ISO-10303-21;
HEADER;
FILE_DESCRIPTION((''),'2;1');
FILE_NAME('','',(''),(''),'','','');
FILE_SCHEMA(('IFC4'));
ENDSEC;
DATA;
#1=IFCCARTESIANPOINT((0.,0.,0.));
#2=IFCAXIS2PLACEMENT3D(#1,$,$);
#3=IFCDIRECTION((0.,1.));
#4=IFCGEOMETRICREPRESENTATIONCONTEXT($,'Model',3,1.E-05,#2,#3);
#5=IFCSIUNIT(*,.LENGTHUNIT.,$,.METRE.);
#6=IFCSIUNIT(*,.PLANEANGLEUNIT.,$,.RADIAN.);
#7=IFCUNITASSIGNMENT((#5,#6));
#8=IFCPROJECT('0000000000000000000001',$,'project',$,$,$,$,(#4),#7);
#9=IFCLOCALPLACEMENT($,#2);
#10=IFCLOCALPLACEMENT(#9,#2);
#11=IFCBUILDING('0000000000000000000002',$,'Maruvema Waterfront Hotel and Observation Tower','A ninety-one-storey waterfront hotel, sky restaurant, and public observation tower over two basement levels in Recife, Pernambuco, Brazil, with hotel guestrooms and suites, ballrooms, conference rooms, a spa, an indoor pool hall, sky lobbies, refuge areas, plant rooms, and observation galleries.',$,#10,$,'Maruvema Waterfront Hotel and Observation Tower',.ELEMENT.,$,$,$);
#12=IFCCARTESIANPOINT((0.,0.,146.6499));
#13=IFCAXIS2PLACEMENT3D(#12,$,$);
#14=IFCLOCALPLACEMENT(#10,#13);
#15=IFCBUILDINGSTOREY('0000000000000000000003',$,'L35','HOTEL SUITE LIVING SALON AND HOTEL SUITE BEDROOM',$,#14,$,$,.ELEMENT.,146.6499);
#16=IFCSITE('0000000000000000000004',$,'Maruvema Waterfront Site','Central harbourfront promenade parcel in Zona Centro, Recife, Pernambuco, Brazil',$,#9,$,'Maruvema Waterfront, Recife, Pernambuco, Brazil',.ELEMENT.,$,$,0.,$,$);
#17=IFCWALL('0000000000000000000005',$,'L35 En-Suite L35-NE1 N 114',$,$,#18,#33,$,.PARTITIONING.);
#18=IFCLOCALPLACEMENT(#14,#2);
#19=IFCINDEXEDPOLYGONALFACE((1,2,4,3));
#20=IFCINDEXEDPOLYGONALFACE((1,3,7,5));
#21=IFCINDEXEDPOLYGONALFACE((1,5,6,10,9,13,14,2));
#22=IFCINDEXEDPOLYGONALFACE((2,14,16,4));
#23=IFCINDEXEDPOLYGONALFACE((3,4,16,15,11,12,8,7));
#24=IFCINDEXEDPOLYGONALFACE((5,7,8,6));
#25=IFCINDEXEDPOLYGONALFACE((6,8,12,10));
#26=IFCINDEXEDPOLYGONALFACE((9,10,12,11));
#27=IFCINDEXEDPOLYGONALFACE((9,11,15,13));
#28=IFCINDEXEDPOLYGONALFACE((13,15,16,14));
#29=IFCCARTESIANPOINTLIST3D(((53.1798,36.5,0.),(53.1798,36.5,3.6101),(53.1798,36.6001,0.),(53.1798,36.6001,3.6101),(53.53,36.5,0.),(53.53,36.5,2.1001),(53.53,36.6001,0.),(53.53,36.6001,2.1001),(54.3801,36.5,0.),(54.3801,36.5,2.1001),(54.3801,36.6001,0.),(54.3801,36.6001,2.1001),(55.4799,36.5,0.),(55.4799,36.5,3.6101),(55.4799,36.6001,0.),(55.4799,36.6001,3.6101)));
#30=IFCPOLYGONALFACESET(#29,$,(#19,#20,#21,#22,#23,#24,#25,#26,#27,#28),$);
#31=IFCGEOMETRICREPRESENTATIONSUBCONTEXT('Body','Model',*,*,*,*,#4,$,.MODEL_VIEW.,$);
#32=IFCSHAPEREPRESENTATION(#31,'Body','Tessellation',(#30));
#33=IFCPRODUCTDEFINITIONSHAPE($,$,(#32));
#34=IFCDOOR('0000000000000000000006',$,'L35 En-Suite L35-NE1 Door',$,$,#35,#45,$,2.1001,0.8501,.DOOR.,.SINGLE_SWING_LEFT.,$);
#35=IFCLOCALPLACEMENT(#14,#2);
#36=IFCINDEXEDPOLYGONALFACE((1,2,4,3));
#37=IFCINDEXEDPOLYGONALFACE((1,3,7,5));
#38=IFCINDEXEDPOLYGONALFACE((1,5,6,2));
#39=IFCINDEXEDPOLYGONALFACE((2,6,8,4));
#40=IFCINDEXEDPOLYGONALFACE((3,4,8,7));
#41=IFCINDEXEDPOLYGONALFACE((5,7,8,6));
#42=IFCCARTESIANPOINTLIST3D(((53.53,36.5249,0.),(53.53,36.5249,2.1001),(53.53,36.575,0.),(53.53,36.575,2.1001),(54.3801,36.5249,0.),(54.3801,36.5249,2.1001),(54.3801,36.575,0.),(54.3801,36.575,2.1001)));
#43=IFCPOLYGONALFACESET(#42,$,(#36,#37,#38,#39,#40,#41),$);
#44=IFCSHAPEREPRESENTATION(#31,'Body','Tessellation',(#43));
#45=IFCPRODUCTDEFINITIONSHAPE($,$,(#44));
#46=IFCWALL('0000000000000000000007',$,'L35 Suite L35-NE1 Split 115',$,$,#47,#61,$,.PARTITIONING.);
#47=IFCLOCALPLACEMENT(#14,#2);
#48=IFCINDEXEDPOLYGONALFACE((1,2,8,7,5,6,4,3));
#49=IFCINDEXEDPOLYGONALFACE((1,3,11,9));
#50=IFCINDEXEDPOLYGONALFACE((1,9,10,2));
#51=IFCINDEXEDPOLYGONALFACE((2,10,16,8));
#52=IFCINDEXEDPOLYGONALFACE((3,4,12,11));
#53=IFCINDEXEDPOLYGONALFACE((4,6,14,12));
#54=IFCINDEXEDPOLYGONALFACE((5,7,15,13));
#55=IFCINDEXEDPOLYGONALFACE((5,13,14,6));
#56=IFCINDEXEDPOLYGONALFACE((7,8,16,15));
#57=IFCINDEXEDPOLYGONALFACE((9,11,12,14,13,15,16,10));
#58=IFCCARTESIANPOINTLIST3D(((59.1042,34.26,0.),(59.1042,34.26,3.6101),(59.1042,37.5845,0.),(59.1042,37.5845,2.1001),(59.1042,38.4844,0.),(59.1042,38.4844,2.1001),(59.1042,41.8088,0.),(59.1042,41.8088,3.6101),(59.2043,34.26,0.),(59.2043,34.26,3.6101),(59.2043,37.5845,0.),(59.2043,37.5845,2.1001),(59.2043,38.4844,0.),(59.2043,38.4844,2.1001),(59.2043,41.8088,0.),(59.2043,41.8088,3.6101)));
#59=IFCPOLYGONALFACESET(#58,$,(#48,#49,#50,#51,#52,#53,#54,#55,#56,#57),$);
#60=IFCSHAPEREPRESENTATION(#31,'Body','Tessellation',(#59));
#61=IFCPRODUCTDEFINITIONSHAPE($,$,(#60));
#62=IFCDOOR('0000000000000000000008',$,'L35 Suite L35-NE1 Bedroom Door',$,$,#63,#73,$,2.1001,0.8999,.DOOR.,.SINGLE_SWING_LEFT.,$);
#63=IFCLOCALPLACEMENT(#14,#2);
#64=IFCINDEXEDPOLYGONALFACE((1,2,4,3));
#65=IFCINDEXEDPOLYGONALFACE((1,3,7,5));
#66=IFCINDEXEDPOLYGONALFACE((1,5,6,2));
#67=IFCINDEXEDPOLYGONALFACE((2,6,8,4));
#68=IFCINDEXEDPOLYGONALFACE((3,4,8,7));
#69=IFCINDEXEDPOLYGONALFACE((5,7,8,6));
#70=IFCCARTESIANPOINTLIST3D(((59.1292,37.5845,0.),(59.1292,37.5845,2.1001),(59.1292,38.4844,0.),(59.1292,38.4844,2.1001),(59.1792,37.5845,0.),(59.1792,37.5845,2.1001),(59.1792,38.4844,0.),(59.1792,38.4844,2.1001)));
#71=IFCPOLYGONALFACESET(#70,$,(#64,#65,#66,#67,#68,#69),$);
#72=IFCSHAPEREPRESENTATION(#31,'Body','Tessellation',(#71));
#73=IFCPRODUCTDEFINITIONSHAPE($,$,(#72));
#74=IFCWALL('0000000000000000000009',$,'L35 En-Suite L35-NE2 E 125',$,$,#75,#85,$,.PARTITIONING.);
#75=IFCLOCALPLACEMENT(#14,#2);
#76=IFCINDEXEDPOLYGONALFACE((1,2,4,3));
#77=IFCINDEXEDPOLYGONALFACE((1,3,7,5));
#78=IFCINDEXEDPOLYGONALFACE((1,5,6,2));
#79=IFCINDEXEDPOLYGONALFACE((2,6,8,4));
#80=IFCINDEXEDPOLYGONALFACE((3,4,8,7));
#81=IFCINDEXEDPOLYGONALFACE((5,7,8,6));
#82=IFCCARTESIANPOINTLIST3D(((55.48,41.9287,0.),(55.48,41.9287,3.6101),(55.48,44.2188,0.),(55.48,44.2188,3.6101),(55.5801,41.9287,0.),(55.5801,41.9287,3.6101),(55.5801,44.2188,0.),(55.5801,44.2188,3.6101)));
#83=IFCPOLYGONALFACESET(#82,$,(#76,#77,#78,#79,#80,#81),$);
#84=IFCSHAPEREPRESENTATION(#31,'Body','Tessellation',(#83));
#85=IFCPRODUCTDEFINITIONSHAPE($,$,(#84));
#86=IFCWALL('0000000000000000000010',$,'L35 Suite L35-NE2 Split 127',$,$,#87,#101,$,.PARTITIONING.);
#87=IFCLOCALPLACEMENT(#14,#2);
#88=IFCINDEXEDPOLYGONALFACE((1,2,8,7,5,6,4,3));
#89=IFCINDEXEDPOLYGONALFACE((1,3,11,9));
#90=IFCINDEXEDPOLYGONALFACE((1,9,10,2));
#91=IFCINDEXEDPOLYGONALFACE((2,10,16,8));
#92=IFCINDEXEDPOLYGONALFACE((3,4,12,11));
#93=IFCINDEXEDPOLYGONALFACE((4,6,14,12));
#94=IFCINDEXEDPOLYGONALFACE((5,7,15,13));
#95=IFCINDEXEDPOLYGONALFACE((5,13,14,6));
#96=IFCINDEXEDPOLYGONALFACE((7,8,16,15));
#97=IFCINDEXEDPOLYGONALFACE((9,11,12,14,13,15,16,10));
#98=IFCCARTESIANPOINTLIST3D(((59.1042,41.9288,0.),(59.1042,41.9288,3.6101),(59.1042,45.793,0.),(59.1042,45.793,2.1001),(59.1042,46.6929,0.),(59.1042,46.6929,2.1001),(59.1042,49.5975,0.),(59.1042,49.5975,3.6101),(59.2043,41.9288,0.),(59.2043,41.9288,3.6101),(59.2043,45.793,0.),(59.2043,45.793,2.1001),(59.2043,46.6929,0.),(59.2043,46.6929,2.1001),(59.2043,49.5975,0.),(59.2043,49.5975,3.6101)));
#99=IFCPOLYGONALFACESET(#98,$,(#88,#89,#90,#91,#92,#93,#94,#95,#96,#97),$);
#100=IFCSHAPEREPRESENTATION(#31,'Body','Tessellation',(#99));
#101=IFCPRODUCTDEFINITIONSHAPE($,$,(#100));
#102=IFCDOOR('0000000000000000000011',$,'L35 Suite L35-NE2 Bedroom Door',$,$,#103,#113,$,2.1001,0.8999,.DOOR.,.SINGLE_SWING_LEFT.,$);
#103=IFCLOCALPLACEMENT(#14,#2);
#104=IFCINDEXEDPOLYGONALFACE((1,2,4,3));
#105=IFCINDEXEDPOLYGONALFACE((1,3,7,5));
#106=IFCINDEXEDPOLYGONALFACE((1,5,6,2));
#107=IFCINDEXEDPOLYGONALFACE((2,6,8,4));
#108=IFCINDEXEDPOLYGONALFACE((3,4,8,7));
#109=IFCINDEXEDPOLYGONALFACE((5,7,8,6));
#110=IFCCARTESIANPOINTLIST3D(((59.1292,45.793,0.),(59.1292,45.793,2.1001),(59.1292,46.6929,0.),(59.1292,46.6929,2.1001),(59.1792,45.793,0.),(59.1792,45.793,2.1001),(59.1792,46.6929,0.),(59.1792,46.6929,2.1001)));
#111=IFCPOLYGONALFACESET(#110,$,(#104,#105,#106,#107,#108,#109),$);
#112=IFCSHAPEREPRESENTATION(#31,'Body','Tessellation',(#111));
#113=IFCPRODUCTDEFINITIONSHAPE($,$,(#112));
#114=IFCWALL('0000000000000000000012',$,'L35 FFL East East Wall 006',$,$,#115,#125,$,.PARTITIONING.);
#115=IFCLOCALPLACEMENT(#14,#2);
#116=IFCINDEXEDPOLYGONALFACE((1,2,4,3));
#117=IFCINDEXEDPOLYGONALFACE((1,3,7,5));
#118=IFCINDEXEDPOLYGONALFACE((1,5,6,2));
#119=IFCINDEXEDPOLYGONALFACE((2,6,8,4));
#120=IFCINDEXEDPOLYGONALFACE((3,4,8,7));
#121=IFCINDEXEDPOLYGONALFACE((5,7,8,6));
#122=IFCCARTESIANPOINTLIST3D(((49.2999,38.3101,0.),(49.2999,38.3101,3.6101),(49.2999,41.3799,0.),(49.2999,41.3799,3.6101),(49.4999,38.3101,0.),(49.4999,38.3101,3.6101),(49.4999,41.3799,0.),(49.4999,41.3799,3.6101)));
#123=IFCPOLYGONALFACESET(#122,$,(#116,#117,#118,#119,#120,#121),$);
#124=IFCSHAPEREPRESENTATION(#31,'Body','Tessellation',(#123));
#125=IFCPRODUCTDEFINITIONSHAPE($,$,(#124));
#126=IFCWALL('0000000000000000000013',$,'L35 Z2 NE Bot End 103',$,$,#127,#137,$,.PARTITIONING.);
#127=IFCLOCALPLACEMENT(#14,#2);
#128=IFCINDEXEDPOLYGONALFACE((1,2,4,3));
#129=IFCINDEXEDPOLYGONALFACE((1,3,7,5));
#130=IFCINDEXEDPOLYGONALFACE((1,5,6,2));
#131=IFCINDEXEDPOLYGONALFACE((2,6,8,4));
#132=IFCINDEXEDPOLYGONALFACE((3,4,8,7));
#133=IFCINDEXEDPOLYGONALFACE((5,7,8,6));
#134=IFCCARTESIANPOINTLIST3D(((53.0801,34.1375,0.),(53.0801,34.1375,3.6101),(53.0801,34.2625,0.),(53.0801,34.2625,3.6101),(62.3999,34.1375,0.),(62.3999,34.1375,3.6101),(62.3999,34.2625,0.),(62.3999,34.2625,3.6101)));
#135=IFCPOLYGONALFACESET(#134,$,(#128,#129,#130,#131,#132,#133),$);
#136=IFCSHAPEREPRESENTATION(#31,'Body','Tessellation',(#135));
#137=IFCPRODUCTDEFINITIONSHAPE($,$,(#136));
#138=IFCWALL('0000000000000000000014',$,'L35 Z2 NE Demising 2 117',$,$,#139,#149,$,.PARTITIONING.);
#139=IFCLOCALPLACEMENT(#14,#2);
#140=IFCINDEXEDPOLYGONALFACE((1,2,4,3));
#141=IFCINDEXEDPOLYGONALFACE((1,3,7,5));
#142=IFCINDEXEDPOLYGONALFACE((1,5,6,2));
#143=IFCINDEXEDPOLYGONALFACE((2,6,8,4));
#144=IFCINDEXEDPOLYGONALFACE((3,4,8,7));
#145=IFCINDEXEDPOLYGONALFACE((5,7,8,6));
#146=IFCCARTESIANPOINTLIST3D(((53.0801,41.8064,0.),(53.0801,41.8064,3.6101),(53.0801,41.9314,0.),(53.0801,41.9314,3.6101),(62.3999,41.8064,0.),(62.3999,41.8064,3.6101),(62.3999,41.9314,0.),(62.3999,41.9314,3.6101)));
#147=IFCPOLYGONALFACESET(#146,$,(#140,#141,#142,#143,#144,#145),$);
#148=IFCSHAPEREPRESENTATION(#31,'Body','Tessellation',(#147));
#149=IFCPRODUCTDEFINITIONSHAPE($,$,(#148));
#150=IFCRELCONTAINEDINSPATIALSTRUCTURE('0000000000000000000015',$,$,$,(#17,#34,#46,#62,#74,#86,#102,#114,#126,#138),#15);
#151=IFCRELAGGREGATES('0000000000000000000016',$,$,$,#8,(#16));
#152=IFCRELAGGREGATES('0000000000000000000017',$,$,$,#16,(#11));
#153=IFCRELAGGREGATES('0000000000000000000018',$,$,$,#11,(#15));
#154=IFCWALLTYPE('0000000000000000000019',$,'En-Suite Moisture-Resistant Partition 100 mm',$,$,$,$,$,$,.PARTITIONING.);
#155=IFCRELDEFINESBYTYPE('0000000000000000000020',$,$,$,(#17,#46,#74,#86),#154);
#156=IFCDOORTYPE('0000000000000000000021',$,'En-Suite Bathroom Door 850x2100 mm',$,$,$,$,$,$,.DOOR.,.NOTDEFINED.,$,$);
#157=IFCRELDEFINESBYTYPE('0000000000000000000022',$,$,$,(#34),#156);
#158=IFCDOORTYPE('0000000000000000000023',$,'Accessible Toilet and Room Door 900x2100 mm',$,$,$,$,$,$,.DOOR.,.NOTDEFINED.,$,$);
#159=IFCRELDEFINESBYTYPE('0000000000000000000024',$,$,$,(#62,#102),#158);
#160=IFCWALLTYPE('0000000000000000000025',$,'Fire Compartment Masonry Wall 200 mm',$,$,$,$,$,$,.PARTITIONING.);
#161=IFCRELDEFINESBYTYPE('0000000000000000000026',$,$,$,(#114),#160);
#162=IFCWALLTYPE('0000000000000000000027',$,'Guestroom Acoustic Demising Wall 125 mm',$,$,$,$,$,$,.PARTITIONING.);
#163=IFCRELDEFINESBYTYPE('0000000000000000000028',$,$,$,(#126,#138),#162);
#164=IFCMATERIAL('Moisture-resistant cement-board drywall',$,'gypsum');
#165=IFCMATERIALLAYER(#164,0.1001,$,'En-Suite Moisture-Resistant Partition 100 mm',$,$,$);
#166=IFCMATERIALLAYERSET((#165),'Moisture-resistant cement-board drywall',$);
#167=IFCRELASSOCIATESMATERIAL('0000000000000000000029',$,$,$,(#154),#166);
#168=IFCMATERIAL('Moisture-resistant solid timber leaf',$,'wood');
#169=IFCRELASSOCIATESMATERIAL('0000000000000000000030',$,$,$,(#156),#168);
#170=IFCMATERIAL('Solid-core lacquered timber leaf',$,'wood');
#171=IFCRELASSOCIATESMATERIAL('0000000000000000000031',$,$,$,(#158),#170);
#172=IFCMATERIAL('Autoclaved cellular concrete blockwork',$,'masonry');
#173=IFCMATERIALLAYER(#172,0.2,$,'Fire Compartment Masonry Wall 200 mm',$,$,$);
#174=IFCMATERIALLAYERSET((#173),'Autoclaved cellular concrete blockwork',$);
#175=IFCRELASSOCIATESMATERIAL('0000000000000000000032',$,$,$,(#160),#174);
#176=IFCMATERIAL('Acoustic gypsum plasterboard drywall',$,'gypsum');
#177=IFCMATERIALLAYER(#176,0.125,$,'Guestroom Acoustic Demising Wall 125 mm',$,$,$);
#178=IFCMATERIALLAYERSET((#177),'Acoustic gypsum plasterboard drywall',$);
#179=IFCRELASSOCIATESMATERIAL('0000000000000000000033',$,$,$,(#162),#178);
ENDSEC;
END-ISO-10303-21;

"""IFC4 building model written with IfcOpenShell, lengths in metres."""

from ifc_helpers import new_model, si_unit, direction, frame, frame_2d, origin, place, context, subcontext, project, spatial, rectangle, extrude, material, layer, layer_set, type_object, element, fill, save


model = new_model("IFC4")

# Units and contexts
model_context = context("Model", 3, precision=1e-05, world=origin(), true_north=direction((0.0, 1.0)))
body_context = subcontext(model_context, "Body", "Model", "MODEL_VIEW")
ifc_project = project(units=[si_unit("LENGTHUNIT", "METRE"), si_unit("PLANEANGLEUNIT", "RADIAN")], contexts=[model_context])

# Site, building, storey
site_placement = place(None, origin())
site = spatial("IfcSite", under=ifc_project, at=site_placement, Name="Maruvema Waterfront Site", Description="Central harbourfront promenade parcel in Zona Centro, Recife, Pernambuco, Brazil", LongName="Maruvema Waterfront, Recife, Pernambuco, Brazil", CompositionType="ELEMENT", RefElevation=0.0)
building_placement = place(site_placement, origin())
building = spatial("IfcBuilding", under=site, at=building_placement, Name="Maruvema Waterfront Hotel and Observation Tower", Description="A ninety-one-storey waterfront hotel, sky restaurant, and public observation tower over two basement levels in Recife, Pernambuco, Brazil, with hotel guestrooms and suites, ballrooms, conference rooms, a spa, an indoor pool hall, sky lobbies, refuge areas, plant rooms, and observation galleries.", LongName="Maruvema Waterfront Hotel and Observation Tower", CompositionType="ELEMENT")
storey_placement = place(building_placement, frame((0.0, 0.0, 146.6499)))
storey = spatial("IfcBuildingStorey", under=building, at=storey_placement, Name="L35", Description="HOTEL SUITE LIVING SALON AND HOTEL SUITE BEDROOM", CompositionType="ELEMENT", Elevation=146.6499)

# Shared definitions
ifc_material_1 = material(Name="Moisture-resistant cement-board drywall", Category="gypsum")
ifc_layer_1 = layer(ifc_material_1, 0.1001, Name="En-Suite Moisture-Resistant Partition 100 mm")
ifc_layer_set_1 = layer_set([ifc_layer_1], Name="Moisture-resistant cement-board drywall")
wall_type_1 = type_object("IfcWallType", Name="En-Suite Moisture-Resistant Partition 100 mm", PredefinedType="PARTITIONING", material=ifc_layer_set_1)

# Walls, openings, doors
wall_1_placement = place(storey_placement, frame((53.1799, 36.55, 0.0), z_axis=(0.0, 0.0, 1.0), x_axis=(1.0, 0.0, 0.0)))
wall_1 = element("IfcWall", 1, at=wall_1_placement, inside=storey, type_object=wall_type_1, Name="L35 En-Suite L35-NE1 N 114", PredefinedType="PARTITIONING", context=body_context, shape_type="SweptSolid", body=[
    extrude(rectangle(XDim=2.3, YDim=0.1001, at=frame_2d((1.1499, 0.0))), origin(), (0.0, 0.0, 1.0), 3.6101),
])
opening_1_placement = place(wall_1_placement, frame((0.3501, 0.0, 0.0)))
opening_1 = element("IfcOpeningElement", 2, at=opening_1_placement, cuts=wall_1, PredefinedType="OPENING", context=body_context, shape_type="SweptSolid", body=[
    extrude(rectangle(XDim=0.8501, YDim=2.1001, at=frame_2d((0.425, 1.05))), frame((0.0, 0.0601, 0.0), z_axis=(0.0, -1.0, 0.0), x_axis=(1.0, 0.0, 0.0)), (0.0, 0.0, 1.0), 0.1201),
])
ifc_material_2 = material(Name="Moisture-resistant solid timber leaf", Category="wood")
door_type_1 = type_object("IfcDoorType", Name="En-Suite Bathroom Door 850x2100 mm", OperationType="NOTDEFINED", PredefinedType="DOOR", material=ifc_material_2)
door_1_placement = place(opening_1_placement, origin())
door_1 = element("IfcDoor", 3, at=door_1_placement, inside=storey, type_object=door_type_1, Name="L35 En-Suite L35-NE1 Door", OperationType="SINGLE_SWING_LEFT", OverallHeight=2.1001, OverallWidth=0.8501, PredefinedType="DOOR", context=body_context, shape_type="SweptSolid", body=[
    extrude(rectangle(XDim=0.8501, YDim=2.1001, at=frame_2d((0.425, 1.05))), frame((0.0, 0.0249, 0.0), z_axis=(0.0, -1.0, 0.0), x_axis=(1.0, 0.0, 0.0)), (0.0, 0.0, 1.0), 0.05),
])
fill(opening_1, door_1)
wall_2_placement = place(storey_placement, frame((59.1543, 34.26, 0.0), z_axis=(0.0, 0.0, 1.0), x_axis=(0.0, 1.0, 0.0)))
wall_2 = element("IfcWall", 4, at=wall_2_placement, inside=storey, type_object=wall_type_1, Name="L35 Suite L35-NE1 Split 115", PredefinedType="PARTITIONING", context=body_context, shape_type="SweptSolid", body=[
    extrude(rectangle(XDim=7.5488, YDim=0.1001, at=frame_2d((3.7744, 0.0))), origin(), (0.0, 0.0, 1.0), 3.6101),
])
opening_2_placement = place(wall_2_placement, frame((3.3245, 0.0, 0.0)))
opening_2 = element("IfcOpeningElement", 5, at=opening_2_placement, cuts=wall_2, PredefinedType="OPENING", context=body_context, shape_type="SweptSolid", body=[
    extrude(rectangle(XDim=0.8999, YDim=2.1001, at=frame_2d((0.45, 1.05))), frame((0.0, 0.0601, 0.0), z_axis=(0.0, -1.0, 0.0), x_axis=(1.0, 0.0, 0.0)), (0.0, 0.0, 1.0), 0.1201),
])
ifc_material_3 = material(Name="Solid-core lacquered timber leaf", Category="wood")
door_type_2 = type_object("IfcDoorType", Name="Accessible Toilet and Room Door 900x2100 mm", OperationType="NOTDEFINED", PredefinedType="DOOR", material=ifc_material_3)
door_2_placement = place(opening_2_placement, frame((0.8999, 0.0, 0.0), z_axis=(0.0, 0.0, 1.0), x_axis=(-1.0, 0.0, 0.0)))
door_2 = element("IfcDoor", 6, at=door_2_placement, inside=storey, type_object=door_type_2, Name="L35 Suite L35-NE1 Bedroom Door", OperationType="SINGLE_SWING_LEFT", OverallHeight=2.1001, OverallWidth=0.8999, PredefinedType="DOOR", context=body_context, shape_type="SweptSolid", body=[
    extrude(rectangle(XDim=0.8999, YDim=2.1001, at=frame_2d((0.45, 1.05))), frame((0.0, 0.0249, 0.0), z_axis=(0.0, -1.0, 0.0), x_axis=(1.0, 0.0, 0.0)), (0.0, 0.0, 1.0), 0.05),
])
fill(opening_2, door_2)

# Wall
wall_3_placement = place(storey_placement, frame((55.53, 41.9287, 0.0), z_axis=(0.0, 0.0, 1.0), x_axis=(0.0, 1.0, 0.0)))
element("IfcWall", 7, at=wall_3_placement, inside=storey, type_object=wall_type_1, Name="L35 En-Suite L35-NE2 E 125", PredefinedType="PARTITIONING", context=body_context, shape_type="SweptSolid", body=[
    extrude(rectangle(XDim=2.29, YDim=0.1001, at=frame_2d((1.145, 0.0))), origin(), (0.0, 0.0, 1.0), 3.6101),
])

# Wall, opening, door
wall_4_placement = place(storey_placement, frame((59.1543, 41.9287, 0.0), z_axis=(0.0, 0.0, 1.0), x_axis=(0.0, 1.0, 0.0)))
wall_4 = element("IfcWall", 8, at=wall_4_placement, inside=storey, type_object=wall_type_1, Name="L35 Suite L35-NE2 Split 127", PredefinedType="PARTITIONING", context=body_context, shape_type="SweptSolid", body=[
    extrude(rectangle(XDim=7.6687, YDim=0.1001, at=frame_2d((3.8345, 0.0))), origin(), (0.0, 0.0, 1.0), 3.6101),
])
opening_3_placement = place(wall_4_placement, frame((3.8643, 0.0, 0.0)))
opening_3 = element("IfcOpeningElement", 9, at=opening_3_placement, cuts=wall_4, PredefinedType="OPENING", context=body_context, shape_type="SweptSolid", body=[
    extrude(rectangle(XDim=0.8999, YDim=2.1001, at=frame_2d((0.45, 1.05))), frame((0.0, 0.0601, 0.0), z_axis=(0.0, -1.0, 0.0), x_axis=(1.0, 0.0, 0.0)), (0.0, 0.0, 1.0), 0.1201),
])
door_3_placement = place(opening_3_placement, frame((0.8999, 0.0, 0.0), z_axis=(0.0, 0.0, 1.0), x_axis=(-1.0, 0.0, 0.0)))
door_3 = element("IfcDoor", 10, at=door_3_placement, inside=storey, type_object=door_type_2, Name="L35 Suite L35-NE2 Bedroom Door", OperationType="SINGLE_SWING_LEFT", OverallHeight=2.1001, OverallWidth=0.8999, PredefinedType="DOOR", context=body_context, shape_type="SweptSolid", body=[
    extrude(rectangle(XDim=0.8999, YDim=2.1001, at=frame_2d((0.45, 1.05))), frame((0.0, 0.0249, 0.0), z_axis=(0.0, -1.0, 0.0), x_axis=(1.0, 0.0, 0.0)), (0.0, 0.0, 1.0), 0.05),
])
fill(opening_3, door_3)

# Walls
ifc_material_4 = material(Name="Autoclaved cellular concrete blockwork", Category="masonry")
ifc_layer_2 = layer(ifc_material_4, 0.2, Name="Fire Compartment Masonry Wall 200 mm")
ifc_layer_set_2 = layer_set([ifc_layer_2], Name="Autoclaved cellular concrete blockwork")
wall_type_2 = type_object("IfcWallType", Name="Fire Compartment Masonry Wall 200 mm", PredefinedType="PARTITIONING", material=ifc_layer_set_2)
wall_5_placement = place(storey_placement, frame((49.3999, 38.3101, 0.0), z_axis=(0.0, 0.0, 1.0), x_axis=(0.0, 1.0, 0.0)))
element("IfcWall", 11, at=wall_5_placement, inside=storey, type_object=wall_type_2, Name="L35 FFL East East Wall 006", PredefinedType="PARTITIONING", context=body_context, shape_type="SweptSolid", body=[
    extrude(rectangle(XDim=3.0698, YDim=0.2, at=frame_2d((1.5349, 0.0))), origin(), (0.0, 0.0, 1.0), 3.6101),
])
ifc_material_5 = material(Name="Acoustic gypsum plasterboard drywall", Category="gypsum")
ifc_layer_3 = layer(ifc_material_5, 0.125, Name="Guestroom Acoustic Demising Wall 125 mm")
ifc_layer_set_3 = layer_set([ifc_layer_3], Name="Acoustic gypsum plasterboard drywall")
wall_type_3 = type_object("IfcWallType", Name="Guestroom Acoustic Demising Wall 125 mm", PredefinedType="PARTITIONING", material=ifc_layer_set_3)
for number, where, z_axis, x_axis, name in (
    (12, (53.0801, 34.2, 0.0), (0.0, 0.0, 1.0), (1.0, 0.0, 0.0), "L35 Z2 NE Bot End 103"),
    (13, (53.0801, 41.8689, 0.0), (0.0, 0.0, 1.0), (1.0, 0.0, 0.0), "L35 Z2 NE Demising 2 117"),
):
    element("IfcWall", number, at=place(storey_placement, frame(where, z_axis=z_axis, x_axis=x_axis)), inside=storey, type_object=wall_type_3, Name=name, PredefinedType="PARTITIONING", context=body_context, shape_type="SweptSolid", body=[
        extrude(rectangle(XDim=9.3198, YDim=0.125, at=frame_2d((4.6599, 0.0))), origin(), (0.0, 0.0, 1.0), 3.6101),
    ])

save(model, "model.ifc")
